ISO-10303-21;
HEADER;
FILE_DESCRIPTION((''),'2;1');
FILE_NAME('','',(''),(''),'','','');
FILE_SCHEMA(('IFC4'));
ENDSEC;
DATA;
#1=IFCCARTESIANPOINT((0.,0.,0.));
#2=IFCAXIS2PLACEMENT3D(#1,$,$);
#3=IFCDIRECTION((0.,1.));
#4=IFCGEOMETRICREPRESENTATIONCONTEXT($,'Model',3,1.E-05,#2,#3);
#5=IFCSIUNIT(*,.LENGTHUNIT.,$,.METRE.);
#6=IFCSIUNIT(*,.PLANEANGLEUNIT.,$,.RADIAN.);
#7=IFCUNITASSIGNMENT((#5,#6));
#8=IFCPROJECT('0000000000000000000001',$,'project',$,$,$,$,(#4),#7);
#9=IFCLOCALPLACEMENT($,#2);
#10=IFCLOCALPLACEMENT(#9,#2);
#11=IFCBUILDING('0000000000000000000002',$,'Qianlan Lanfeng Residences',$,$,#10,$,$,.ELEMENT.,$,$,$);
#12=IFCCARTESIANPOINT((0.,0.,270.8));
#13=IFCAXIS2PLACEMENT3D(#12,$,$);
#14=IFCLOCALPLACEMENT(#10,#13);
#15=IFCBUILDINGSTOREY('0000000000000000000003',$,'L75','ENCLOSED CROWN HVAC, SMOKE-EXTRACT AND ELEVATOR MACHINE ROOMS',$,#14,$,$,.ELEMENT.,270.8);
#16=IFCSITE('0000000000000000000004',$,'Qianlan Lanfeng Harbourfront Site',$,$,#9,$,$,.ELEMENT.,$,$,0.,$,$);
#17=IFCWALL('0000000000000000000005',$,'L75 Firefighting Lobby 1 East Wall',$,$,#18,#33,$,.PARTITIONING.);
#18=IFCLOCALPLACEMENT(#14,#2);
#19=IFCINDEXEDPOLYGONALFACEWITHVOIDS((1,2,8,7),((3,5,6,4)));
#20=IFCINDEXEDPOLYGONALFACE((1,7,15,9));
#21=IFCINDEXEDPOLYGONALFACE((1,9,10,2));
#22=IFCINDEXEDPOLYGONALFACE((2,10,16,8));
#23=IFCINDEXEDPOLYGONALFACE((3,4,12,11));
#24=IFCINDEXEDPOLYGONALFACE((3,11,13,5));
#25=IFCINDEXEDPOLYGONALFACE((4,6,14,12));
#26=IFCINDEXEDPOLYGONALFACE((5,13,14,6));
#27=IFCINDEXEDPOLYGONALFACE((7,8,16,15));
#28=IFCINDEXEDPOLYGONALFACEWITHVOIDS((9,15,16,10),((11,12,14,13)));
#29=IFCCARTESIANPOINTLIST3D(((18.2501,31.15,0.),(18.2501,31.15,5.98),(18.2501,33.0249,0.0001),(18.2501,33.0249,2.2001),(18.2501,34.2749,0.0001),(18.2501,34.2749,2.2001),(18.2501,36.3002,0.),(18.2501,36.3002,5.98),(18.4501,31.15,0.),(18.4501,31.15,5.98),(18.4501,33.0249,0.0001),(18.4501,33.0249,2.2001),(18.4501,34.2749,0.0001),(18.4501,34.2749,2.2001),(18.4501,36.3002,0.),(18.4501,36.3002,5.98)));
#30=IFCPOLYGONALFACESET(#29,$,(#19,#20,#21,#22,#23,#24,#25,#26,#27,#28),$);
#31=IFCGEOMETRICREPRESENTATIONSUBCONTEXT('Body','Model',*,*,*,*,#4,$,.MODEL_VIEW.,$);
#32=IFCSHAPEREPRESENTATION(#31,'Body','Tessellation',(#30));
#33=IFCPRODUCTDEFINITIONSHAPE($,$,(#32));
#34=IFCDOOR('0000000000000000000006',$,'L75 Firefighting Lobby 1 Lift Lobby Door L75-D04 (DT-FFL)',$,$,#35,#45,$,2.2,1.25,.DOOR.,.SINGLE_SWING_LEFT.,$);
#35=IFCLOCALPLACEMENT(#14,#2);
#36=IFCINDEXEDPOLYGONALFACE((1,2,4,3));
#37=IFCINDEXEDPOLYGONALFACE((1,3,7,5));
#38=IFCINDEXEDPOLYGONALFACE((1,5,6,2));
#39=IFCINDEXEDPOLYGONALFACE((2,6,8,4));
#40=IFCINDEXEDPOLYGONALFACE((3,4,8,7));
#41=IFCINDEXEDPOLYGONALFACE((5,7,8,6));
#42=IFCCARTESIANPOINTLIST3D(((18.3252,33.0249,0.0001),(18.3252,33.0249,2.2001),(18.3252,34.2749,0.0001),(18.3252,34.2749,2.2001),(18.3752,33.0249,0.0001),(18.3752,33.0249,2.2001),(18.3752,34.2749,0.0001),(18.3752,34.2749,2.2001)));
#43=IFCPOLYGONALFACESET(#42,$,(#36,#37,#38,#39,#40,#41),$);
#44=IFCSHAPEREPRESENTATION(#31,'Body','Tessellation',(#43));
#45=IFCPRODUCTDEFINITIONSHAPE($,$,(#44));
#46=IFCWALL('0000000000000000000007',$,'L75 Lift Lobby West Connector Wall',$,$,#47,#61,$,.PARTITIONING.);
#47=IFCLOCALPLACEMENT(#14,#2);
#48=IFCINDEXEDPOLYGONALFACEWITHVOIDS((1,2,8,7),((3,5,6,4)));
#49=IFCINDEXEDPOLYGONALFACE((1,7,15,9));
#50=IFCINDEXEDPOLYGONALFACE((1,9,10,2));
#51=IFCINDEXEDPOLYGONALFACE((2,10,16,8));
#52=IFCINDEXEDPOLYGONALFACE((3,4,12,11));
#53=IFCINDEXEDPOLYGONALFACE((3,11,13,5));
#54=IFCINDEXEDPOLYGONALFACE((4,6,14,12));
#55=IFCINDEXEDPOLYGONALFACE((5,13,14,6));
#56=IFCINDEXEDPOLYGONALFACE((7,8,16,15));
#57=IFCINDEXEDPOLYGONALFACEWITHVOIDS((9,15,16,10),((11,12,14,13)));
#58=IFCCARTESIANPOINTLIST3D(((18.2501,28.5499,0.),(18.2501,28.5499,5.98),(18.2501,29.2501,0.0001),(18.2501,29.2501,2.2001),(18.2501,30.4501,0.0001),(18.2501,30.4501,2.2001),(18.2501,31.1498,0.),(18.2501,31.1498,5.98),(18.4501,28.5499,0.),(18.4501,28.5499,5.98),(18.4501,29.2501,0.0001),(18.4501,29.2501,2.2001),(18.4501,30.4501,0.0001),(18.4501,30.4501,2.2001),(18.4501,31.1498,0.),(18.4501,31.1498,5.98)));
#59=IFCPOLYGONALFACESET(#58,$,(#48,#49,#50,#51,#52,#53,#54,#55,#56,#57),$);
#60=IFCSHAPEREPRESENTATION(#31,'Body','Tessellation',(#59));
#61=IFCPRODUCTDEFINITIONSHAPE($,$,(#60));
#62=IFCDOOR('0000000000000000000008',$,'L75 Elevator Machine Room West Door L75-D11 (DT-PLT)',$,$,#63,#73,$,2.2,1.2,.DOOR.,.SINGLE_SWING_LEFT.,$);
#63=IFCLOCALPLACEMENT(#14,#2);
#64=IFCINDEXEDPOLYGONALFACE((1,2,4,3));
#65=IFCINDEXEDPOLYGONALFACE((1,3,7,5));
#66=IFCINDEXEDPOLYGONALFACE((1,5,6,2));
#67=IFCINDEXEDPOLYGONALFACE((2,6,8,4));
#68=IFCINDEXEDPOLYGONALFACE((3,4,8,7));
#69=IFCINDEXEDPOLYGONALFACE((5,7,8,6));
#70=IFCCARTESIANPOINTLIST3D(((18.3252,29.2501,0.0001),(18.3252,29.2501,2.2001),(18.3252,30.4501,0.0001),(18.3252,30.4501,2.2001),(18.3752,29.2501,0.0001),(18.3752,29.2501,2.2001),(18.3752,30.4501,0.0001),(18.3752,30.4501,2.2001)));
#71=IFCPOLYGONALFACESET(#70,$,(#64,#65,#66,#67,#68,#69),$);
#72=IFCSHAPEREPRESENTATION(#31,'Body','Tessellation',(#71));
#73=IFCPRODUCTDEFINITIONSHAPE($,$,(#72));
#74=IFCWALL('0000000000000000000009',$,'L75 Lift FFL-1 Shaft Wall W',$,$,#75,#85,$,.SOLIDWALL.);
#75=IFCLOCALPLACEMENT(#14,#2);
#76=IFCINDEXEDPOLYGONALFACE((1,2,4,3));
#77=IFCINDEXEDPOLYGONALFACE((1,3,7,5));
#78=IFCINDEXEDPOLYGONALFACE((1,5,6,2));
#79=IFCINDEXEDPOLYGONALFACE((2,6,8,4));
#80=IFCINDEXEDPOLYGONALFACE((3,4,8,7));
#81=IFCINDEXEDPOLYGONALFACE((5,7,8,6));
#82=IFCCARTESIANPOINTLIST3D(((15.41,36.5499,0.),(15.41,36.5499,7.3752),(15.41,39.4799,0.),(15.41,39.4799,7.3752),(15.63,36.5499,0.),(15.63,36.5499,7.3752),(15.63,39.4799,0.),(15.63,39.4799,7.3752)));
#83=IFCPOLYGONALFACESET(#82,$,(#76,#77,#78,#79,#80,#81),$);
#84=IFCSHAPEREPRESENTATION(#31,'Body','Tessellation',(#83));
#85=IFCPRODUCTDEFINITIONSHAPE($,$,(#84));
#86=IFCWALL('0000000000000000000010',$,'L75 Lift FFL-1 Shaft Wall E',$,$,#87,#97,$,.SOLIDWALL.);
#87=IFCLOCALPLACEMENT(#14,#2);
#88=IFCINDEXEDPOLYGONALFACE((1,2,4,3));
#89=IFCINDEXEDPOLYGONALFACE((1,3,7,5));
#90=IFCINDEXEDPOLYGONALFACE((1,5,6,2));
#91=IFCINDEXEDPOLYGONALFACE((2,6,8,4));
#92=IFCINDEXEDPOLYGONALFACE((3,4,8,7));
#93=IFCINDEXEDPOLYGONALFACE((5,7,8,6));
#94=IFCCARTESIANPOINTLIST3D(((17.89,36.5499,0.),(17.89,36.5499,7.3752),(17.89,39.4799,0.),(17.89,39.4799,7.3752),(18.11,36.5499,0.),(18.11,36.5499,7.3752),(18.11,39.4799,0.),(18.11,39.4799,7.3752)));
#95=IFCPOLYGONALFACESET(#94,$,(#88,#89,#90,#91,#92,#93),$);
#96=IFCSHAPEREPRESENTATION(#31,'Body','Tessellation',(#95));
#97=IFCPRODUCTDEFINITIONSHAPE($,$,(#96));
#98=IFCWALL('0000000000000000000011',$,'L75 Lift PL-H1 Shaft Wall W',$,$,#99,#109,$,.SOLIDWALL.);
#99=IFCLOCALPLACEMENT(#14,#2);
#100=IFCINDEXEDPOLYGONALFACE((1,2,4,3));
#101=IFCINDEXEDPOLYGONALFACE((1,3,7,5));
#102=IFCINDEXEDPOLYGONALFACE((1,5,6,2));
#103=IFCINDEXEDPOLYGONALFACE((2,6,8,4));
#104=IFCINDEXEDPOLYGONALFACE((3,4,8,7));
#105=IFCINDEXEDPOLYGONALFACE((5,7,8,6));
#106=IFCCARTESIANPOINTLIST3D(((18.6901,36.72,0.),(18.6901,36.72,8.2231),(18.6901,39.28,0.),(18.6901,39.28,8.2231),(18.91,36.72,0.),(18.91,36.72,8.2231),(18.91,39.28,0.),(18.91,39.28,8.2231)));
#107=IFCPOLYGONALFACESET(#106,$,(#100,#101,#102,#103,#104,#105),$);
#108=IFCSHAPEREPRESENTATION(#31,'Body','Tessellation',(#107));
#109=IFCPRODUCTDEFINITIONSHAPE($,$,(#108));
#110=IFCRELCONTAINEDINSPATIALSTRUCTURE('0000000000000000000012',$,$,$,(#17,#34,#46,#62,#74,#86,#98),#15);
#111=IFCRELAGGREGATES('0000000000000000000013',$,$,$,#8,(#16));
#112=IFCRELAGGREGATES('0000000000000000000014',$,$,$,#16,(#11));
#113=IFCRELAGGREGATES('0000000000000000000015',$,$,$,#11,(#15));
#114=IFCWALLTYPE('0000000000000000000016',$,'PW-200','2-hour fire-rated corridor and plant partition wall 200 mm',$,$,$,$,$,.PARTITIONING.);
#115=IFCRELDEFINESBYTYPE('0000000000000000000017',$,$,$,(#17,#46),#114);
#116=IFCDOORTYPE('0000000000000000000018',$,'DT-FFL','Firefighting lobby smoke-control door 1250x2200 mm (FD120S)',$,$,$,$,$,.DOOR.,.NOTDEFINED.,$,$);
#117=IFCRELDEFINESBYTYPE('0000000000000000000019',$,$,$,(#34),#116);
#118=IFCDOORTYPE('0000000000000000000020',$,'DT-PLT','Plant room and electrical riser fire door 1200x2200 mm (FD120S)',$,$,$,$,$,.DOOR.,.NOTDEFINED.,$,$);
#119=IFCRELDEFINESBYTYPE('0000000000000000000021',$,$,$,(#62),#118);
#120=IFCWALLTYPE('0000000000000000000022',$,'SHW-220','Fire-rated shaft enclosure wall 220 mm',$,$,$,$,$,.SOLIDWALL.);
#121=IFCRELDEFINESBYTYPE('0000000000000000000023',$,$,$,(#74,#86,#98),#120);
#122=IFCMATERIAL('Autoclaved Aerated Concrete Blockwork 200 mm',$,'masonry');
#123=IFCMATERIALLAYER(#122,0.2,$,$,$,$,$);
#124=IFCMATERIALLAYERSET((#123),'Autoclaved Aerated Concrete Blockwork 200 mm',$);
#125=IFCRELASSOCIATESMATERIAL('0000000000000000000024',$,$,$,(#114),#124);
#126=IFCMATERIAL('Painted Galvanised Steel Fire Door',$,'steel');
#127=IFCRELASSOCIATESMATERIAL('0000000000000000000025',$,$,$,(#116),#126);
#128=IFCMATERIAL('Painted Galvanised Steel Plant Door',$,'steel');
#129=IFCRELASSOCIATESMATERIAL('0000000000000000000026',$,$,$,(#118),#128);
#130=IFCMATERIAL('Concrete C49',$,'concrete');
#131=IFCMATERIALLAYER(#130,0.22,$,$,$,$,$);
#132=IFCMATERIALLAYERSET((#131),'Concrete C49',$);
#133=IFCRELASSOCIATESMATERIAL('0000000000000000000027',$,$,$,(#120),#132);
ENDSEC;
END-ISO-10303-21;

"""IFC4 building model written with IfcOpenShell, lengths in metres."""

from ifc_helpers import new_model, si_unit, direction, frame, frame_2d, origin, place, context, subcontext, project, spatial, rectangle, extrude, material, layer, layer_set, type_object, element, fill, save


model = new_model("IFC4")

# Units and contexts
model_context = context("Model", 3, precision=1e-05, world=origin(), true_north=direction((0.0, 1.0)))
body_context = subcontext(model_context, "Body", "Model", "MODEL_VIEW")
ifc_project = project(units=[si_unit("LENGTHUNIT", "METRE"), si_unit("PLANEANGLEUNIT", "RADIAN")], contexts=[model_context])

# Site, building, storey
site_placement = place(None, origin())
site = spatial("IfcSite", under=ifc_project, at=site_placement, Name="Qianlan Lanfeng Harbourfront Site", CompositionType="ELEMENT", RefElevation=0.0)
building_placement = place(site_placement, origin())
building = spatial("IfcBuilding", under=site, at=building_placement, Name="Qianlan Lanfeng Residences", CompositionType="ELEMENT")
storey_placement = place(building_placement, frame((0.0, 0.0, 270.8)))
storey = spatial("IfcBuildingStorey", under=building, at=storey_placement, Name="L75", Description="ENCLOSED CROWN HVAC, SMOKE-EXTRACT AND ELEVATOR MACHINE ROOMS", CompositionType="ELEMENT", Elevation=270.8)

# Shared definitions
ifc_material_1 = material(Name="Concrete C49", Category="concrete")

# Shared definitions
ifc_material_2 = material(Name="Painted Galvanised Steel Fire Door", Category="steel")

# Walls, openings, doors
ifc_material_3 = material(Name="Autoclaved Aerated Concrete Blockwork 200 mm", Category="masonry")
ifc_layer_1 = layer(ifc_material_3, 0.2)
ifc_layer_set_1 = layer_set([ifc_layer_1], Name="Autoclaved Aerated Concrete Blockwork 200 mm")
wall_type_1 = type_object("IfcWallType", Name="PW-200", Description="2-hour fire-rated corridor and plant partition wall 200 mm", PredefinedType="PARTITIONING", material=ifc_layer_set_1)
door_type_1 = type_object("IfcDoorType", Name="DT-FFL", Description="Firefighting lobby smoke-control door 1250x2200 mm (FD120S)", OperationType="NOTDEFINED", PredefinedType="DOOR", material=ifc_material_2)
wall_1_placement = place(storey_placement, frame((18.3501, 31.1499, 0.0), z_axis=(0.0, 0.0, 1.0), x_axis=(0.0, 1.0, 0.0)))
wall_1 = element("IfcWall", 1, at=wall_1_placement, inside=storey, type_object=wall_type_1, Name="L75 Firefighting Lobby 1 East Wall", PredefinedType="PARTITIONING", context=body_context, shape_type="SweptSolid", body=[
    extrude(rectangle(XDim=5.1501, YDim=0.2, at=frame_2d((2.5752, 0.0))), origin(), (0.0, 0.0, 1.0), 5.98),
])
opening_1_placement = place(wall_1_placement, frame((1.875, 0.0, 0.0)))
opening_1 = element("IfcOpeningElement", 2, at=opening_1_placement, cuts=wall_1, PredefinedType="OPENING", context=body_context, shape_type="SweptSolid", body=[
    extrude(rectangle(XDim=1.25, YDim=2.2, at=frame_2d((0.625, 1.1001))), frame((0.0, 0.1099, 0.0), z_axis=(0.0, -1.0, 0.0), x_axis=(1.0, 0.0, 0.0)), (0.0, 0.0, 1.0), 0.22),
])
door_1_placement = place(opening_1_placement, origin())
door_1 = element("IfcDoor", 3, at=door_1_placement, inside=storey, type_object=door_type_1, Name="L75 Firefighting Lobby 1 Lift Lobby Door L75-D04 (DT-FFL)", OperationType="SINGLE_SWING_LEFT", OverallHeight=2.2, OverallWidth=1.25, PredefinedType="DOOR", context=body_context, shape_type="SweptSolid", body=[
    extrude(rectangle(XDim=1.25, YDim=2.2, at=frame_2d((0.625, 1.1001))), frame((0.0, 0.0249, 0.0), z_axis=(0.0, -1.0, 0.0), x_axis=(1.0, 0.0, 0.0)), (0.0, 0.0, 1.0), 0.05),
])
fill(opening_1, door_1)
wall_2_placement = place(storey_placement, frame((18.3501, 28.55, 0.0), z_axis=(0.0, 0.0, 1.0), x_axis=(0.0, 1.0, 0.0)))
wall_2 = element("IfcWall", 4, at=wall_2_placement, inside=storey, type_object=wall_type_1, Name="L75 Lift Lobby West Connector Wall", PredefinedType="PARTITIONING", context=body_context, shape_type="SweptSolid", body=[
    extrude(rectangle(XDim=2.5999, YDim=0.2, at=frame_2d((1.2998, 0.0))), origin(), (0.0, 0.0, 1.0), 5.98),
])
opening_2_placement = place(wall_2_placement, frame((0.7, 0.0, 0.0)))
opening_2 = element("IfcOpeningElement", 5, at=opening_2_placement, cuts=wall_2, PredefinedType="OPENING", context=body_context, shape_type="SweptSolid", body=[
    extrude(rectangle(XDim=1.2, YDim=2.2, at=frame_2d((0.6001, 1.1001))), frame((0.0, 0.1099, 0.0), z_axis=(0.0, -1.0, 0.0), x_axis=(1.0, 0.0, 0.0)), (0.0, 0.0, 1.0), 0.22),
])
ifc_material_4 = material(Name="Painted Galvanised Steel Plant Door", Category="steel")
door_type_2 = type_object("IfcDoorType", Name="DT-PLT", Description="Plant room and electrical riser fire door 1200x2200 mm (FD120S)", OperationType="NOTDEFINED", PredefinedType="DOOR", material=ifc_material_4)
door_2_placement = place(opening_2_placement, origin())
door_2 = element("IfcDoor", 6, at=door_2_placement, inside=storey, type_object=door_type_2, Name="L75 Elevator Machine Room West Door L75-D11 (DT-PLT)", OperationType="SINGLE_SWING_LEFT", OverallHeight=2.2, OverallWidth=1.2, PredefinedType="DOOR", context=body_context, shape_type="SweptSolid", body=[
    extrude(rectangle(XDim=1.2, YDim=2.2, at=frame_2d((0.6001, 1.1001))), frame((0.0, 0.0249, 0.0), z_axis=(0.0, -1.0, 0.0), x_axis=(1.0, 0.0, 0.0)), (0.0, 0.0, 1.0), 0.05),
])
fill(opening_2, door_2)

# Walls
ifc_layer_2 = layer(ifc_material_1, 0.22)
ifc_layer_set_2 = layer_set([ifc_layer_2], Name="Concrete C49")
wall_type_2 = type_object("IfcWallType", Name="SHW-220", Description="Fire-rated shaft enclosure wall 220 mm", PredefinedType="SOLIDWALL", material=ifc_layer_set_2)
for number, where, z_axis, x_axis, name in (
    (7, (15.52, 36.55, 0.0), (0.0, 0.0, 1.0), (0.0, 1.0, 0.0), "L75 Lift FFL-1 Shaft Wall W"),
    (8, (18.0, 36.55, 0.0), (0.0, 0.0, 1.0), (0.0, 1.0, 0.0), "L75 Lift FFL-1 Shaft Wall E"),
):
    element("IfcWall", number, at=place(storey_placement, frame(where, z_axis=z_axis, x_axis=x_axis)), inside=storey, type_object=wall_type_2, Name=name, PredefinedType="SOLIDWALL", context=body_context, shape_type="SweptSolid", body=[
        extrude(rectangle(XDim=2.9299, YDim=0.22, at=frame_2d((1.4648, 0.0))), origin(), (0.0, 0.0, 1.0), 7.3752),
    ])
wall_3_placement = place(storey_placement, frame((18.8, 36.72, 0.0), z_axis=(0.0, 0.0, 1.0), x_axis=(0.0, 1.0, 0.0)))
element("IfcWall", 9, at=wall_3_placement, inside=storey, type_object=wall_type_2, Name="L75 Lift PL-H1 Shaft Wall W", PredefinedType="SOLIDWALL", context=body_context, shape_type="SweptSolid", body=[
    extrude(rectangle(XDim=2.5601, YDim=0.22, at=frame_2d((1.28, 0.0))), origin(), (0.0, 0.0, 1.0), 8.2231),
])

save(model, "model.ifc")
